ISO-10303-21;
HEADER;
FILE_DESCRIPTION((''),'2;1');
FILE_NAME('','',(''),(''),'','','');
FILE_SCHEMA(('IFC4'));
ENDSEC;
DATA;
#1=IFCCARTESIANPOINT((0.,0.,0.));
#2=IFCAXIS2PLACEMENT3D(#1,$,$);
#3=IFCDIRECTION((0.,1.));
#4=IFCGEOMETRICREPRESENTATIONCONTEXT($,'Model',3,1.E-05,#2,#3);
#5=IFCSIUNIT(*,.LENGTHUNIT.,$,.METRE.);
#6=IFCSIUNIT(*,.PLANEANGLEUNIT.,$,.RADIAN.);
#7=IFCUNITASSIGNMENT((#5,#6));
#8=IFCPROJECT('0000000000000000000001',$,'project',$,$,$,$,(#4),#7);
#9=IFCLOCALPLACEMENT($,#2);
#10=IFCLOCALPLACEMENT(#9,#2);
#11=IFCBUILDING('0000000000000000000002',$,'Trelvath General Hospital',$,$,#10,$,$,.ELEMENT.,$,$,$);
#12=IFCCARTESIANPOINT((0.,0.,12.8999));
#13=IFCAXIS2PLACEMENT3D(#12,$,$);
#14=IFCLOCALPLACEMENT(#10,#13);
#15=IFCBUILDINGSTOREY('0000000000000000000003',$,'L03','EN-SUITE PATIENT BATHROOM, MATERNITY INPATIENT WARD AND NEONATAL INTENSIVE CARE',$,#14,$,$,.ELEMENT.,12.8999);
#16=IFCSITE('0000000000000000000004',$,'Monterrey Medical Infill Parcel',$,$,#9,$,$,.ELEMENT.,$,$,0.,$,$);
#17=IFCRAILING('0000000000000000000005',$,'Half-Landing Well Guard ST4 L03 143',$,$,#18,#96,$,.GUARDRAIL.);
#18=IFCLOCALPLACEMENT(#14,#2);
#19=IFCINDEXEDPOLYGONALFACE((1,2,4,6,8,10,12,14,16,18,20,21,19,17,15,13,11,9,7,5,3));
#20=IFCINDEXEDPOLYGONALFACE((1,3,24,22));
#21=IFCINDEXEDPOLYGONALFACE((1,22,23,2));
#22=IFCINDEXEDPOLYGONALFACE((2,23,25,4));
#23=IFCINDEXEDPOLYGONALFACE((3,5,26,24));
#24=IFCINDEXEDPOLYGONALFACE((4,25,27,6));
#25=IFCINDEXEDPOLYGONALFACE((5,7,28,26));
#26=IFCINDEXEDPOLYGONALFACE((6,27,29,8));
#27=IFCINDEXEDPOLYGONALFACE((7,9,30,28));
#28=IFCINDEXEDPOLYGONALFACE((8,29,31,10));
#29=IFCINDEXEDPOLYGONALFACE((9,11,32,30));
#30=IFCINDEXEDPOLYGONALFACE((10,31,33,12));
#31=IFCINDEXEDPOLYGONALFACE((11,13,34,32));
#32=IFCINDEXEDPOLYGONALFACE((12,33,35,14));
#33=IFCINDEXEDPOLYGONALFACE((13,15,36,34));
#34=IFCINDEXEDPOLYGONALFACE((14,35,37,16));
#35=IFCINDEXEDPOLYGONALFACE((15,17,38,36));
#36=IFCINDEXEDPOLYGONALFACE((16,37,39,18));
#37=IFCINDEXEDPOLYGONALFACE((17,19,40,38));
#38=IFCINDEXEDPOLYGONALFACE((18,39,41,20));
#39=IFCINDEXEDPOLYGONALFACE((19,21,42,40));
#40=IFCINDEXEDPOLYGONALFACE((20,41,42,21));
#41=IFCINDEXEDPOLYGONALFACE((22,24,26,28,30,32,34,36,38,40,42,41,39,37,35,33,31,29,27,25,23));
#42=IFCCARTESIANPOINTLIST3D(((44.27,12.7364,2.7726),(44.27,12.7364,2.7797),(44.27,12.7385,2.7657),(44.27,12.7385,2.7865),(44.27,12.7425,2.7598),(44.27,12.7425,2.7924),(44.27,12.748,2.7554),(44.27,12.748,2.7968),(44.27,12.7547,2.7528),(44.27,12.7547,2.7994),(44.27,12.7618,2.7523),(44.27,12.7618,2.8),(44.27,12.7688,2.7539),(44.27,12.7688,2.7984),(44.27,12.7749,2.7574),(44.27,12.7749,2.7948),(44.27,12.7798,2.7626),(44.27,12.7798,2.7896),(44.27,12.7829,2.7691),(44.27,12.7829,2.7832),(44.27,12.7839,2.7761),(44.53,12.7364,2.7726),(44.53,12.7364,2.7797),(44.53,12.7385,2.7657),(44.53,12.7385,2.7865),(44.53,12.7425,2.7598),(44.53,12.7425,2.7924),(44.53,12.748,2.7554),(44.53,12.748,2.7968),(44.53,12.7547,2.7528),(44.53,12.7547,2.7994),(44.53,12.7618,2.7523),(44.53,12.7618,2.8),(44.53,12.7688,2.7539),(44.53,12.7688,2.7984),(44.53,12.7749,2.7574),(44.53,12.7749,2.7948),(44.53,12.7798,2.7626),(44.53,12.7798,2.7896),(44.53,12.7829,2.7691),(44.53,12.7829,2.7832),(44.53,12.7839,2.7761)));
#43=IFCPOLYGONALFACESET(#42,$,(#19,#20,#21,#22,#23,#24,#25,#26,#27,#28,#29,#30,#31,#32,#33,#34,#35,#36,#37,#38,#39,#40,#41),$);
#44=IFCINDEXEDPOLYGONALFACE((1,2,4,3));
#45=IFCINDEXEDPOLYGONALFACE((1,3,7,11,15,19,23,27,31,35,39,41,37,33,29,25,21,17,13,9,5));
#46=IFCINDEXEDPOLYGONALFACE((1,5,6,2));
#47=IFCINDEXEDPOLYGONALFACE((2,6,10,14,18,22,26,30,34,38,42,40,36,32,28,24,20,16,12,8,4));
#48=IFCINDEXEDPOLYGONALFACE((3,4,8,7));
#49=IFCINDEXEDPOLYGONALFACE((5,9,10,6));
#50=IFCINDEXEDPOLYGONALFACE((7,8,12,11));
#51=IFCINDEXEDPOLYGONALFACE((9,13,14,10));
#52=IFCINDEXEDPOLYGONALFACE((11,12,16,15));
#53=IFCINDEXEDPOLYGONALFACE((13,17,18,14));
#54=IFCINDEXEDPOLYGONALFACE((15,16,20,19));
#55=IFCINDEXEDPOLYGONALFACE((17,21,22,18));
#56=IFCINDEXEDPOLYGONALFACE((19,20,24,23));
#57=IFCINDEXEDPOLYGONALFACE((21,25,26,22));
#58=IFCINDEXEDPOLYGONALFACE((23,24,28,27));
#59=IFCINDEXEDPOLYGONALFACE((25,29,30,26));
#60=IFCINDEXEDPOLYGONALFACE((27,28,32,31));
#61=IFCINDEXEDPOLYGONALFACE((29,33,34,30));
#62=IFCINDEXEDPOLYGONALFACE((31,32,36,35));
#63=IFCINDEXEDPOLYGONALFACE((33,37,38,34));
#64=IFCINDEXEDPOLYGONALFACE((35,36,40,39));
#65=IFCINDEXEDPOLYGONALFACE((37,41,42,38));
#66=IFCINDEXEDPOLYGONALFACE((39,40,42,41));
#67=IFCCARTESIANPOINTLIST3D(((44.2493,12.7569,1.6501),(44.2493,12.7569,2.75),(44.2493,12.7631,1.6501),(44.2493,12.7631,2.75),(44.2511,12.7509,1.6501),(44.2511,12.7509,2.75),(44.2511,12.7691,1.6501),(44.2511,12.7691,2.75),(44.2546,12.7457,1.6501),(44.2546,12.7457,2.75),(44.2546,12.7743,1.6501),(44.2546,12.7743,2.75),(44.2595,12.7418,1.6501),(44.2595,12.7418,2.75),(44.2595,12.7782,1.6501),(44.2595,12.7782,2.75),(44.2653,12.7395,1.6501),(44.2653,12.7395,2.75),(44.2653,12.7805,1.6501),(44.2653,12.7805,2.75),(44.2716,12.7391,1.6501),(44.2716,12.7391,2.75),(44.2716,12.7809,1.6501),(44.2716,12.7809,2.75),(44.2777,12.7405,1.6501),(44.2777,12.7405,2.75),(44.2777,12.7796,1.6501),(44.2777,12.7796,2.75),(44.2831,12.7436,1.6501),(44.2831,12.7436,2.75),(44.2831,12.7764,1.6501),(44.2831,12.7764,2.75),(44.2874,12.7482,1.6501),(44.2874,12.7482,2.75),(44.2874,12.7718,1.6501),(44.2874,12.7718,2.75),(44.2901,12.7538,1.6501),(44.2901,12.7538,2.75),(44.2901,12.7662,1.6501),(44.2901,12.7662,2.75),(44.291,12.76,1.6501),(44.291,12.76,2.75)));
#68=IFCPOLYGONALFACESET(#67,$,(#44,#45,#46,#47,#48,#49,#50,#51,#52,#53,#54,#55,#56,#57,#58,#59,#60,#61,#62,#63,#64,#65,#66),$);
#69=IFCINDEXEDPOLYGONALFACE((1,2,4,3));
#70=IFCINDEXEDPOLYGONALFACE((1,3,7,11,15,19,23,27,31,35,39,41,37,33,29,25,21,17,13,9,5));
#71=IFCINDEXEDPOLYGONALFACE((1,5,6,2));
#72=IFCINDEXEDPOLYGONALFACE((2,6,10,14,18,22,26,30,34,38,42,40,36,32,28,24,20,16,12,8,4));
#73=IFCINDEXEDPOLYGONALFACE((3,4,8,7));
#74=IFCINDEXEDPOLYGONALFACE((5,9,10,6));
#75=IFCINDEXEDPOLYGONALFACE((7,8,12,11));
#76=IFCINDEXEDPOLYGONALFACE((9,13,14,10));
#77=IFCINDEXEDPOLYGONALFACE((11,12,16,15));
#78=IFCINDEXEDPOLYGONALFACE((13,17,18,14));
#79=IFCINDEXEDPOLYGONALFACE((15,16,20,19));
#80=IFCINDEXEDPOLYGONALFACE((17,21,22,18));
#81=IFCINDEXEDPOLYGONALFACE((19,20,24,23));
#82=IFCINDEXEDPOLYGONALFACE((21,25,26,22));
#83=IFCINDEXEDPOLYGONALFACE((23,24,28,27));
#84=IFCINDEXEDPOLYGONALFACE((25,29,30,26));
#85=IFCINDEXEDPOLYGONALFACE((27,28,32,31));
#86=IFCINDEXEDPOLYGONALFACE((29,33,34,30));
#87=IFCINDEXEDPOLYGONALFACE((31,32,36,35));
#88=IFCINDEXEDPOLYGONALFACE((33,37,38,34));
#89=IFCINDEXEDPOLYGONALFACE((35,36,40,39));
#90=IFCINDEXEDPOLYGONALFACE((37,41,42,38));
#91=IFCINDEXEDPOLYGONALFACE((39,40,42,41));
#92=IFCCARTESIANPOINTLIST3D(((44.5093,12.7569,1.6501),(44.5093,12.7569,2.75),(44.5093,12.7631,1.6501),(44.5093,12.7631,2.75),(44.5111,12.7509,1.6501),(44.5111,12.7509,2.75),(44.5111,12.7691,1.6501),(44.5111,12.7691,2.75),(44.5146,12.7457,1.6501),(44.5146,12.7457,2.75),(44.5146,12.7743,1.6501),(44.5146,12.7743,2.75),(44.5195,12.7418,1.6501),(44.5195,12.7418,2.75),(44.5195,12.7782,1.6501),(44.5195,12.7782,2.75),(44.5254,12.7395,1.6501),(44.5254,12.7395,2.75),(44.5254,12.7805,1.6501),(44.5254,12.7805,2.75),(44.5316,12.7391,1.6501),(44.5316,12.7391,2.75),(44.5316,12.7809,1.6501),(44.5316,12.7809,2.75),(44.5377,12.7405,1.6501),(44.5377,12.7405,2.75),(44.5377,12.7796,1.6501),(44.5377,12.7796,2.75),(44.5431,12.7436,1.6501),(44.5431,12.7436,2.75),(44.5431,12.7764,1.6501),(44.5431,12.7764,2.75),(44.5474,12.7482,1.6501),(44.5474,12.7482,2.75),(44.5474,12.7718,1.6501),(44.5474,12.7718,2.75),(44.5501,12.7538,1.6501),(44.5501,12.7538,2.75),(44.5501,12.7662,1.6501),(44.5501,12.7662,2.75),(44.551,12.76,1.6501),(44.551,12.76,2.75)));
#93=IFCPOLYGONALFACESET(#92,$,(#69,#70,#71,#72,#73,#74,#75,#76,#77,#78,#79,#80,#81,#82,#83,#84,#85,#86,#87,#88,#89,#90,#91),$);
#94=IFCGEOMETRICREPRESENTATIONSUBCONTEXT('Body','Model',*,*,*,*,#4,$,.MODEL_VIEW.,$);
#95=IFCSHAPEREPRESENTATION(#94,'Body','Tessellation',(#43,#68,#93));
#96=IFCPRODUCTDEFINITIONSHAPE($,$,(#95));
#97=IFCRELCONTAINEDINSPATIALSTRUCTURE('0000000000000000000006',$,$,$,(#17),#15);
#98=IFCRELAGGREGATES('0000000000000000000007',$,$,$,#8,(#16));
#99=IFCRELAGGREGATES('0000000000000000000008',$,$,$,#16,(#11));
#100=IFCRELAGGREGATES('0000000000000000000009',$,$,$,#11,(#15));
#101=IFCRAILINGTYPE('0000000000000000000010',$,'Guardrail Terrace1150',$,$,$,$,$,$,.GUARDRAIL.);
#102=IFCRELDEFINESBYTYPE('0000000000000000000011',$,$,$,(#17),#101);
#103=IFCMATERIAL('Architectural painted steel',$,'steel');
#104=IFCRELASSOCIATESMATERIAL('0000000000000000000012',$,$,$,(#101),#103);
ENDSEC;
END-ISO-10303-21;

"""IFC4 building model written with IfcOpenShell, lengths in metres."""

from ifc_helpers import new_model, si_unit, direction, frame, origin, origin_2d, place, context, subcontext, project, spatial, circle, extrude, material, type_object, element, save


model = new_model("IFC4")

# Units and contexts
model_context = context("Model", 3, precision=1e-05, world=origin(), true_north=direction((0.0, 1.0)))
body_context = subcontext(model_context, "Body", "Model", "MODEL_VIEW")
ifc_project = project(units=[si_unit("LENGTHUNIT", "METRE"), si_unit("PLANEANGLEUNIT", "RADIAN")], contexts=[model_context])

# Site, building, storey
site_placement = place(None, origin())
site = spatial("IfcSite", under=ifc_project, at=site_placement, Name="Monterrey Medical Infill Parcel", CompositionType="ELEMENT", RefElevation=0.0)
building_placement = place(site_placement, origin())
building = spatial("IfcBuilding", under=site, at=building_placement, Name="Trelvath General Hospital", CompositionType="ELEMENT")
storey_placement = place(building_placement, frame((0.0, 0.0, 12.8999)))
storey = spatial("IfcBuildingStorey", under=building, at=storey_placement, Name="L03", Description="EN-SUITE PATIENT BATHROOM, MATERNITY INPATIENT WARD AND NEONATAL INTENSIVE CARE", CompositionType="ELEMENT", Elevation=12.8999)

# Railing
ifc_material_1 = material(Name="Architectural painted steel", Category="steel")
railing_type_1 = type_object("IfcRailingType", Name="Guardrail Terrace1150", PredefinedType="GUARDRAIL", material=ifc_material_1)
railing_1_placement = place(storey_placement, frame((44.27, 12.76, 1.6501)))
element("IfcRailing", 1, at=railing_1_placement, inside=storey, type_object=railing_type_1, Name="Half-Landing Well Guard ST4 L03 143", PredefinedType="GUARDRAIL", context=body_context, shape_type="SweptSolid", body=[
    extrude(circle(Radius=0.0239, at=origin_2d()), frame((0.0, 0.0, 1.126), z_axis=(1.0, 0.0, 0.0), x_axis=(0.0, 1.0, 0.0)), (0.0, 0.0, 1.0), 0.26),
    extrude(circle(Radius=0.021, at=origin_2d()), origin(), (0.0, 0.0, 1.0), 1.0999),
    extrude(circle(Radius=0.021, at=origin_2d()), frame((0.26, 0.0, 0.0)), (0.0, 0.0, 1.0), 1.0999),
])

save(model, "model.ifc")
